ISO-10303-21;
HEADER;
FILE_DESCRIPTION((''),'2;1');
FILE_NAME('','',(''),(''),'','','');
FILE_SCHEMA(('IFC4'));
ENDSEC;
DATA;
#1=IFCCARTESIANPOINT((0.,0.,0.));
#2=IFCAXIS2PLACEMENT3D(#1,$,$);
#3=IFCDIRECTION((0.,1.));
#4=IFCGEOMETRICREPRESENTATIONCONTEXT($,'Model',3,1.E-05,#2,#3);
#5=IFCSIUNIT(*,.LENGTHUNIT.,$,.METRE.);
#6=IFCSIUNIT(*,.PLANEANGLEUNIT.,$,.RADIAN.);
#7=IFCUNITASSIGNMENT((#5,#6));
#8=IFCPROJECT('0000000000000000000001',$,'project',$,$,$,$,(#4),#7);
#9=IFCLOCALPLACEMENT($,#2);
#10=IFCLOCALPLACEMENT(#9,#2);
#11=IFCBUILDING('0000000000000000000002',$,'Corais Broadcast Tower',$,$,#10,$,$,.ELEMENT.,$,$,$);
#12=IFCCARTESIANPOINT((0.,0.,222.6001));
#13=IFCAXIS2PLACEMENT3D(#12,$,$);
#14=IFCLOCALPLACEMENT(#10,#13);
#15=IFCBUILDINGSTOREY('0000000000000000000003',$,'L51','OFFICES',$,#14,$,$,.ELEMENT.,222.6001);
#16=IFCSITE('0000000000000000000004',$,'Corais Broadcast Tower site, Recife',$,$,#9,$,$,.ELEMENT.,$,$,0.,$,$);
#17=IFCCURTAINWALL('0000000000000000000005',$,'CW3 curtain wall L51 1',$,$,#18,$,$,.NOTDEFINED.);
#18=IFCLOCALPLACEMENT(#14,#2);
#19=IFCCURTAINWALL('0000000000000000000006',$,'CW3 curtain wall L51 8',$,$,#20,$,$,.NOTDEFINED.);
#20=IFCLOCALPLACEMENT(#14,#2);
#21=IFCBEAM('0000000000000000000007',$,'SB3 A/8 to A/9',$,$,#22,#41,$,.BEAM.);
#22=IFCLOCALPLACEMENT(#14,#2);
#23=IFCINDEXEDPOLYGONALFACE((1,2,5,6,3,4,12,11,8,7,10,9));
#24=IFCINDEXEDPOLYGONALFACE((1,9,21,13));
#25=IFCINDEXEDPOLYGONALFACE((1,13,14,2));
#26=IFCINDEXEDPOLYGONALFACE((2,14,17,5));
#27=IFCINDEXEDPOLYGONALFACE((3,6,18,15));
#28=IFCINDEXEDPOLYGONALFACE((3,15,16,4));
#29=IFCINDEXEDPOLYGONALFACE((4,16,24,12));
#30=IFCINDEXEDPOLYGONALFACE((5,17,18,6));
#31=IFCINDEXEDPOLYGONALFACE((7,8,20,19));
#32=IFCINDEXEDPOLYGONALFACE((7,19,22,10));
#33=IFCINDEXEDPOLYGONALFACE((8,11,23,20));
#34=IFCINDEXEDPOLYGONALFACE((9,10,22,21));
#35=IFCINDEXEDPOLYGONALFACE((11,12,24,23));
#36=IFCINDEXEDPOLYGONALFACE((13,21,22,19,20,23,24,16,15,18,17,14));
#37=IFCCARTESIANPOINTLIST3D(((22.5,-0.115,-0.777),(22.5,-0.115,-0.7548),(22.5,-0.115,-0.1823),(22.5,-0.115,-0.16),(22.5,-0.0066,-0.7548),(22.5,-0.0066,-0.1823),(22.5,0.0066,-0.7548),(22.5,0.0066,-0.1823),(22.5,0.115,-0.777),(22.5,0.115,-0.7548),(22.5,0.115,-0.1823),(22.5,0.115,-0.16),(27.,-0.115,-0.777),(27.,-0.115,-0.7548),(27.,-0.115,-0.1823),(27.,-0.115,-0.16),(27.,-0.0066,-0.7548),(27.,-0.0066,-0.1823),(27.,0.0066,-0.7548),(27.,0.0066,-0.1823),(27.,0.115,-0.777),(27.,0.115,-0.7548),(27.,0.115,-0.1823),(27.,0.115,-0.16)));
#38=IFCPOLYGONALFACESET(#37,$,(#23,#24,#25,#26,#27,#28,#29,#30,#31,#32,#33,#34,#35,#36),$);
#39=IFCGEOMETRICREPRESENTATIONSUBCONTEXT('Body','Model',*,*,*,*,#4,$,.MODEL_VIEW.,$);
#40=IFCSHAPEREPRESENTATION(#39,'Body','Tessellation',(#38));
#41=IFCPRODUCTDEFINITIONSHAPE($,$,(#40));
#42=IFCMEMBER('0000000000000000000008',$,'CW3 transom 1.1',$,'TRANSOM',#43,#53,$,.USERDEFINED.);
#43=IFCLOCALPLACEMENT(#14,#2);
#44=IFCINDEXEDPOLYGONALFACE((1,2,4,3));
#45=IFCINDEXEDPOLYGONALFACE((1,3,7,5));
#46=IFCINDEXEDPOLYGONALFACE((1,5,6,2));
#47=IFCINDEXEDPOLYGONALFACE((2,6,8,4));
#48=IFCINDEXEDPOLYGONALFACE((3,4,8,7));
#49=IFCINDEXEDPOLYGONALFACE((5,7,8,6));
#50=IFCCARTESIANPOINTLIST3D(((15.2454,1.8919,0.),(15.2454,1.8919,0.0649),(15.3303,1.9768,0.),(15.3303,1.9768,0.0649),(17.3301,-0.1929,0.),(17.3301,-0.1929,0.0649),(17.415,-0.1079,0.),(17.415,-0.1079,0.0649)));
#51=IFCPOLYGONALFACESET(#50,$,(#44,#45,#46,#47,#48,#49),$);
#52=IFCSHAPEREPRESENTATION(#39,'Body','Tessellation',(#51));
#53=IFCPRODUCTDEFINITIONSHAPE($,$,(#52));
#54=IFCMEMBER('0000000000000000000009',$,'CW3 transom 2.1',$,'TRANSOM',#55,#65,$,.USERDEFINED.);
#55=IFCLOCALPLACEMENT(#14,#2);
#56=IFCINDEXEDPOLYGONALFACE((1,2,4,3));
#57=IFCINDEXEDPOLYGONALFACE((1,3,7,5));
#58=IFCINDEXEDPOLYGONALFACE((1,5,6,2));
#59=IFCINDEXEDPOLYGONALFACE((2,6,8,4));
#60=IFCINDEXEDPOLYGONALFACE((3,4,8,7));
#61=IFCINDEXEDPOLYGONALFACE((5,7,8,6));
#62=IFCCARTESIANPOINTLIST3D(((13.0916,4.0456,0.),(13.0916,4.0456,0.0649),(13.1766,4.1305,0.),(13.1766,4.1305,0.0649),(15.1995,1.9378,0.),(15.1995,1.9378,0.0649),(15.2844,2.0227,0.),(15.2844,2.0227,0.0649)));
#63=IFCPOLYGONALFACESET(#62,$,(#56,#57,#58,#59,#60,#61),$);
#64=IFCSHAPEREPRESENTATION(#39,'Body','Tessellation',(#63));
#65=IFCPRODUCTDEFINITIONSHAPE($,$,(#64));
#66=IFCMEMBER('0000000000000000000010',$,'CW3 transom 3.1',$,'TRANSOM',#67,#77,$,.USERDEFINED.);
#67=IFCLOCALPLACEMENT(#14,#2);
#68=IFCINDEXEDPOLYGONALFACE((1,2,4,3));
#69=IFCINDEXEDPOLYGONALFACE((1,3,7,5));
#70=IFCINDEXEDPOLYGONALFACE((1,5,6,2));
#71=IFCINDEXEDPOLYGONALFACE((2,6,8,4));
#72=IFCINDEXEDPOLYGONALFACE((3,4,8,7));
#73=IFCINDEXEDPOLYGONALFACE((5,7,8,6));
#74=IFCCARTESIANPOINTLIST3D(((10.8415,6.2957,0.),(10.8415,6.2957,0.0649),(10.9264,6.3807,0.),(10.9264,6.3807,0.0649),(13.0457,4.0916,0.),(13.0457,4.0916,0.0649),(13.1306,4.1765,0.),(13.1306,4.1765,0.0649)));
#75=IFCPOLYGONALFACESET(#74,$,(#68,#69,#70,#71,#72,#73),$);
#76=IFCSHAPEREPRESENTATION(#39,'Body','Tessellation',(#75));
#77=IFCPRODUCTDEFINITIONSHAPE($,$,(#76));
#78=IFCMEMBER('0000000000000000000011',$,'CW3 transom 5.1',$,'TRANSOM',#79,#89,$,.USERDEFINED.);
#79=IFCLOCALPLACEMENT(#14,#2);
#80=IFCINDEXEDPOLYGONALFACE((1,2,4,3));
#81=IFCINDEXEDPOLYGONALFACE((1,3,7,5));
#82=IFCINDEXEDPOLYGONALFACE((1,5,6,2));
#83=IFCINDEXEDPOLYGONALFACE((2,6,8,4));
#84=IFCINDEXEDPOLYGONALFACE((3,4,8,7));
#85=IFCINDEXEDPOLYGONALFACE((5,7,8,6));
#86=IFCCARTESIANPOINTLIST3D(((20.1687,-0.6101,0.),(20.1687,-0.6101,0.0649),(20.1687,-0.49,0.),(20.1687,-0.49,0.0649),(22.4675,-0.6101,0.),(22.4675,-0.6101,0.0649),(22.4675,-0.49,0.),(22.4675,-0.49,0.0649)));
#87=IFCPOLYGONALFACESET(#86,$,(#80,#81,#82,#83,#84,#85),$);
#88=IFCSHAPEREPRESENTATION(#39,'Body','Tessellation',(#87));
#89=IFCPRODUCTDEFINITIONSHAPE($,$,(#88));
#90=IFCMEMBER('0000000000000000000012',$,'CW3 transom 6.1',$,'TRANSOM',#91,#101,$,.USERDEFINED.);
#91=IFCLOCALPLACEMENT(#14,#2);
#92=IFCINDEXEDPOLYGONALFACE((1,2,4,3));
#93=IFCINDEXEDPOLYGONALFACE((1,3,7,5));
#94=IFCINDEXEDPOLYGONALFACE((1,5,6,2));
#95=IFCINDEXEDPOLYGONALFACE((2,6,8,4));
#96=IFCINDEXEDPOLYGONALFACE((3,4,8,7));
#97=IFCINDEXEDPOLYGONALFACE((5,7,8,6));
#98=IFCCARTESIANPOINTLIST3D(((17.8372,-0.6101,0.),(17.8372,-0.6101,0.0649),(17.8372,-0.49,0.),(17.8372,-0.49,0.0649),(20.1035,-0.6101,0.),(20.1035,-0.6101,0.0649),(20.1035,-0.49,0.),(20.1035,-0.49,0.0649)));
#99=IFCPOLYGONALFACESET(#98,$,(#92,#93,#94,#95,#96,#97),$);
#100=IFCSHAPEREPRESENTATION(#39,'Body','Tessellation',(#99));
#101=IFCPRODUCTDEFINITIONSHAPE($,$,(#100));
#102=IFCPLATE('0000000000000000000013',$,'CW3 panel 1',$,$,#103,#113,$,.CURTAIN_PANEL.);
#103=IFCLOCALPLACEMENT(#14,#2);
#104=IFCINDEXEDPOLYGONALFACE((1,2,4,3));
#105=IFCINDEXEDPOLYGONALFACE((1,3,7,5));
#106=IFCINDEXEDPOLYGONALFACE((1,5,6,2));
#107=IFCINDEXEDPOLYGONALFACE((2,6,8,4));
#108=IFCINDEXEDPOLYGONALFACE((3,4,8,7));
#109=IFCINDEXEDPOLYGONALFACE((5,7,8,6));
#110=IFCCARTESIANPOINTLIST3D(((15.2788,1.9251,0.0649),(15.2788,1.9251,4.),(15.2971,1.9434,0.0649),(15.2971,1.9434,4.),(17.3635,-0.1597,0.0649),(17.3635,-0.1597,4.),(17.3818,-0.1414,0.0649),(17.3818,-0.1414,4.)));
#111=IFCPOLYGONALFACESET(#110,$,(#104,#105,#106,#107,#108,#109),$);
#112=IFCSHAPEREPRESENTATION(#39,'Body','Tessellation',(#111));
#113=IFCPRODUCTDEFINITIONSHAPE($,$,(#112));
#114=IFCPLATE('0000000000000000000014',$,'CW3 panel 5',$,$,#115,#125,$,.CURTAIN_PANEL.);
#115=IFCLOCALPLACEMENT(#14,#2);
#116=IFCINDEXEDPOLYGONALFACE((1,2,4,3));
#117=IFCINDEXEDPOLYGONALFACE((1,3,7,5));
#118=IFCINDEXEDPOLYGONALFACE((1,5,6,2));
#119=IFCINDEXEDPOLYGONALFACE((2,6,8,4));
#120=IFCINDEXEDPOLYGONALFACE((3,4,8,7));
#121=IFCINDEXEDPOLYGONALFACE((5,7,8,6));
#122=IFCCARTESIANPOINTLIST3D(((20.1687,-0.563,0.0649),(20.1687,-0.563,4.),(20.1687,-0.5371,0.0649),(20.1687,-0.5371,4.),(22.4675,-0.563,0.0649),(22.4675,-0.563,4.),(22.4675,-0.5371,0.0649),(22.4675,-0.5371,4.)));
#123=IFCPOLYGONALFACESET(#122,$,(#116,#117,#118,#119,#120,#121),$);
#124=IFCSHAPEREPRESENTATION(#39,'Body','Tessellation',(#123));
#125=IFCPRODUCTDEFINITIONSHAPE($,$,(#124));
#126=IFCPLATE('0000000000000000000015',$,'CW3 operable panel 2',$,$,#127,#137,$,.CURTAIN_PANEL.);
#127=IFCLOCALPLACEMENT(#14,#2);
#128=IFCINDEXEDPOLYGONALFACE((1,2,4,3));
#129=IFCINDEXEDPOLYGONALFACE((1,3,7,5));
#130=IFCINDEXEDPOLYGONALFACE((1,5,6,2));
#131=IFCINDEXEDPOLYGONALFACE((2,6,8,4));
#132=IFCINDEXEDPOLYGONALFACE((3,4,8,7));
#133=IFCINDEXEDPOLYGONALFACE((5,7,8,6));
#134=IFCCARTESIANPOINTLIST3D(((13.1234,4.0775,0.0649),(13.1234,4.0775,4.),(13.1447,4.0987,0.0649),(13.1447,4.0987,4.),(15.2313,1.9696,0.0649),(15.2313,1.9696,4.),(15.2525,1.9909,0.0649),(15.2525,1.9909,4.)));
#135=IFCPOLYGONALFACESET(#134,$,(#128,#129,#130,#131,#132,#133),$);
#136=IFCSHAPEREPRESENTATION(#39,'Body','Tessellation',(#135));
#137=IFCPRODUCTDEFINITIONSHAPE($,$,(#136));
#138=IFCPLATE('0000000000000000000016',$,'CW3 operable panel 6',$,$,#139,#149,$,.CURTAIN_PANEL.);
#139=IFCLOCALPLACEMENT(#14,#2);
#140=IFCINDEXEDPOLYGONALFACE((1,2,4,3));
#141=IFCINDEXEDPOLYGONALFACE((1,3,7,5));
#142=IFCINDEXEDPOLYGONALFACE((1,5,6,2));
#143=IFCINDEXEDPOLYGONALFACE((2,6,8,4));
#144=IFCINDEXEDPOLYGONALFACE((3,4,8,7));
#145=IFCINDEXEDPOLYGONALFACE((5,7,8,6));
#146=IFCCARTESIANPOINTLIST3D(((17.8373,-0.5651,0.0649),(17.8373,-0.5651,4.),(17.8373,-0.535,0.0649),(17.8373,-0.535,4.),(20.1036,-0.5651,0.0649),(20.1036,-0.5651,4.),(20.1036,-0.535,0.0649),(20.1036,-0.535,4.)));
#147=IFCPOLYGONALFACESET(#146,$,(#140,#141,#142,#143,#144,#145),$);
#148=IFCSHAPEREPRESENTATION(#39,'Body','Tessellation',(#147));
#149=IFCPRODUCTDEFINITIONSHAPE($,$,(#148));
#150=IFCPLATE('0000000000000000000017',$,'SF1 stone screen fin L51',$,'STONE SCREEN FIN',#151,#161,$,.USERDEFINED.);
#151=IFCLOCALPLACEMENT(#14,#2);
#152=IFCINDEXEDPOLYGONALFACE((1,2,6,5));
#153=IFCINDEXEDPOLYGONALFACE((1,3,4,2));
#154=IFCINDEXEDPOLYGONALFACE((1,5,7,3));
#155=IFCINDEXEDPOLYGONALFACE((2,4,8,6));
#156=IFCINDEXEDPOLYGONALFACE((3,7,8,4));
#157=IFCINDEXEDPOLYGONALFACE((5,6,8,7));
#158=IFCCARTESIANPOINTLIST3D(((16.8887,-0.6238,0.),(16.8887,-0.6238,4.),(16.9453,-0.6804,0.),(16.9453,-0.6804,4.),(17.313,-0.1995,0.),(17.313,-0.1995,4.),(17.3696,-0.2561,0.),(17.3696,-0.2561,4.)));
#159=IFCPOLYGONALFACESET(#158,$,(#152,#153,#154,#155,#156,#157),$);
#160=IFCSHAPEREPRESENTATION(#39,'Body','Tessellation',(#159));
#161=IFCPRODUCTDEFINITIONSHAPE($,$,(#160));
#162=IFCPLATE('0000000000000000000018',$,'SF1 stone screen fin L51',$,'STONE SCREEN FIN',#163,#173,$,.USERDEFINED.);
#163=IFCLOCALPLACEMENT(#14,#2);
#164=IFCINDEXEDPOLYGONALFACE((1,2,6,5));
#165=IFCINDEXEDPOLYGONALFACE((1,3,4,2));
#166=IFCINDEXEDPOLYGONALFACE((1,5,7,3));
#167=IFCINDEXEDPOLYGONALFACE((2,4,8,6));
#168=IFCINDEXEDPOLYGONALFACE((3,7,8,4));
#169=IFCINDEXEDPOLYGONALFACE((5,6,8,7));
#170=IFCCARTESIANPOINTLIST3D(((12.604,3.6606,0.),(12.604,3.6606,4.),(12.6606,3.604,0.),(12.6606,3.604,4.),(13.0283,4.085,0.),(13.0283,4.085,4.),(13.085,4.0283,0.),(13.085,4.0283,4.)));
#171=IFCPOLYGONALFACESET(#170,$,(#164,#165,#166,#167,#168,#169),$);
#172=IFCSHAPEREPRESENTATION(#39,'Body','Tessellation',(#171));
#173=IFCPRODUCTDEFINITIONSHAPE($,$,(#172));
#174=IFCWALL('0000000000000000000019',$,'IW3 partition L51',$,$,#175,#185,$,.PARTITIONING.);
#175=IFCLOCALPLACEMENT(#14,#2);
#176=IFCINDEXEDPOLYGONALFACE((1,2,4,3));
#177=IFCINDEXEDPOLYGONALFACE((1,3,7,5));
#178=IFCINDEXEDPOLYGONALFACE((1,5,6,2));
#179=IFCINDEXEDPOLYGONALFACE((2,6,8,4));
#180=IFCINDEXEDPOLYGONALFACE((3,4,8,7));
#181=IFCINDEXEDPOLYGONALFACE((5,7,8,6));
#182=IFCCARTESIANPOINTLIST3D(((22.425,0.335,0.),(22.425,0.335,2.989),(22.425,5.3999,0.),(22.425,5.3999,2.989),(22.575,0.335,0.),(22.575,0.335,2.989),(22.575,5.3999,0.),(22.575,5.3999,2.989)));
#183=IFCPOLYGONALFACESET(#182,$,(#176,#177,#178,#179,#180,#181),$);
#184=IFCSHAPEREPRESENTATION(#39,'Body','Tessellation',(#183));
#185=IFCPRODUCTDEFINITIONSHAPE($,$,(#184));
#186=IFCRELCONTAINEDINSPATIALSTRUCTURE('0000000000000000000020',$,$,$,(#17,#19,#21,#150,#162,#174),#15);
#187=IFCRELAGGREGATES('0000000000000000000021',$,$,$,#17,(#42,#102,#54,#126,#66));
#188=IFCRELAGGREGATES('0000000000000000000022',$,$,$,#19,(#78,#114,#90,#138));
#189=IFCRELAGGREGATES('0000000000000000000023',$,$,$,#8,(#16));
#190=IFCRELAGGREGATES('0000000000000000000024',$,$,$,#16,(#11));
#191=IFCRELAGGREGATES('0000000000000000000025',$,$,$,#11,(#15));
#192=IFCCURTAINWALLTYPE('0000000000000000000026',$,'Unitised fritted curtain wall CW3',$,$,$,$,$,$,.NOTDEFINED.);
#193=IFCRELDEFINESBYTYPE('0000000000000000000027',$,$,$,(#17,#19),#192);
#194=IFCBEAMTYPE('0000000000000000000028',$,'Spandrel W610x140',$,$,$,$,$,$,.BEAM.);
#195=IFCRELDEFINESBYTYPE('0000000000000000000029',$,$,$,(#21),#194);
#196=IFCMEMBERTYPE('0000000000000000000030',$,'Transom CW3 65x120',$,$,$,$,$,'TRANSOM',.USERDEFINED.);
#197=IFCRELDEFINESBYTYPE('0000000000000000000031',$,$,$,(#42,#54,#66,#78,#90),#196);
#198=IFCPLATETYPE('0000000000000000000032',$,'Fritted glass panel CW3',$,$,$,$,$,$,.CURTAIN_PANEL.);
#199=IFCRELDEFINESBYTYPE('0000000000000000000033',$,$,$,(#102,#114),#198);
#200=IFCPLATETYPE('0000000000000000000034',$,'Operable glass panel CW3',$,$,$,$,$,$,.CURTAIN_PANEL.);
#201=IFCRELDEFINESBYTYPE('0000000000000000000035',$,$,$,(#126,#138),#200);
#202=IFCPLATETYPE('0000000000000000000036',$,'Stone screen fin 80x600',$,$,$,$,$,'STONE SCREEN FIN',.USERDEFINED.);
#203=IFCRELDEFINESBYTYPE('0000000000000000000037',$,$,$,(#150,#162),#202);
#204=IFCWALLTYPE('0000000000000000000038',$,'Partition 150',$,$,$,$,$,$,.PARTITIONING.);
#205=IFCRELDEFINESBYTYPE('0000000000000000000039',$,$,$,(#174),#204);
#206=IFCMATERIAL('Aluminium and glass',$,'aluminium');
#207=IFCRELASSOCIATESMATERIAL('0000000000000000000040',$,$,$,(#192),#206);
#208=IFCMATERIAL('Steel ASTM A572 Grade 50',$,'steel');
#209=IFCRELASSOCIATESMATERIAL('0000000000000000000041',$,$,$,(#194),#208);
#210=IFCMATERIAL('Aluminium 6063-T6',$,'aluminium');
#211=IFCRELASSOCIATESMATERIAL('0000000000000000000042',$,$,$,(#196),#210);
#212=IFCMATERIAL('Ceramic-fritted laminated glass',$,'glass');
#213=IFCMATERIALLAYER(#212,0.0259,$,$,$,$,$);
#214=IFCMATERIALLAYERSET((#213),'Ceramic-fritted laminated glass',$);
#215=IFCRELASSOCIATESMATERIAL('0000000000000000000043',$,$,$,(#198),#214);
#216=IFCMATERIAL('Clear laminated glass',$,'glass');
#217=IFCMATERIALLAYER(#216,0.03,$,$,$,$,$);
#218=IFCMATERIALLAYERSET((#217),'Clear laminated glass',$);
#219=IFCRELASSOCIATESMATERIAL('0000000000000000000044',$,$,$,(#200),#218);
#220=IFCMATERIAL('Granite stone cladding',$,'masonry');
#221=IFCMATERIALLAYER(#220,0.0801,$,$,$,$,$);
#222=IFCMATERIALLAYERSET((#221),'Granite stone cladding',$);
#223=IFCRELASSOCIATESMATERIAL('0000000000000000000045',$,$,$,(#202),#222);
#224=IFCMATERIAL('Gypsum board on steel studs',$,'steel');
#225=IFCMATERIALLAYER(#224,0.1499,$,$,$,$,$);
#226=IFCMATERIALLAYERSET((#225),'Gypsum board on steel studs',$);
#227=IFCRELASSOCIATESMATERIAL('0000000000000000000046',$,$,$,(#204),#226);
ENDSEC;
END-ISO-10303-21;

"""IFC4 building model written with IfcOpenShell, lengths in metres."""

from ifc_helpers import new_model, si_unit, direction, frame, frame_2d, origin, origin_2d, place, context, subcontext, project, spatial, rectangle, i_section, extrude, material, layer, layer_set, material_profile, profile_set, type_object, element, aggregate, save


model = new_model("IFC4")

# Units and contexts
model_context = context("Model", 3, precision=1e-05, world=origin(), true_north=direction((0.0, 1.0)))
body_context = subcontext(model_context, "Body", "Model", "MODEL_VIEW")
ifc_project = project(units=[si_unit("LENGTHUNIT", "METRE"), si_unit("PLANEANGLEUNIT", "RADIAN")], contexts=[model_context])

# Site, building, storey
site_placement = place(None, origin())
site = spatial("IfcSite", under=ifc_project, at=site_placement, Name="Corais Broadcast Tower site, Recife", CompositionType="ELEMENT", RefElevation=0.0)
building_placement = place(site_placement, origin())
building = spatial("IfcBuilding", under=site, at=building_placement, Name="Corais Broadcast Tower", CompositionType="ELEMENT")
storey_placement = place(building_placement, frame((0.0, 0.0, 222.6001)))
storey = spatial("IfcBuildingStorey", under=building, at=storey_placement, Name="L51", Description="OFFICES", CompositionType="ELEMENT", Elevation=222.6001)

# Curtain walls
ifc_material_1 = material(Name="Aluminium and glass", Category="aluminium")
curtain_wall_type = type_object("IfcCurtainWallType", Name="Unitised fritted curtain wall CW3", PredefinedType="NOTDEFINED", material=ifc_material_1)
curtain_wall_1_placement = place(storey_placement, origin())
curtain_wall_1 = element("IfcCurtainWall", 1, at=curtain_wall_1_placement, inside=storey, type_object=curtain_wall_type, Name="CW3 curtain wall L51 1", PredefinedType="NOTDEFINED")
curtain_wall_2_placement = place(storey_placement, origin())
curtain_wall_2 = element("IfcCurtainWall", 2, at=curtain_wall_2_placement, inside=storey, type_object=curtain_wall_type, Name="CW3 curtain wall L51 8", PredefinedType="NOTDEFINED")

# Beam
ifc_material_2 = material(Name="Steel ASTM A572 Grade 50", Category="steel")
ifc_material_profile_1 = material_profile(ifc_material_2, i_section(OverallWidth=0.23, OverallDepth=0.6169, WebThickness=0.0132, FlangeThickness=0.0222, at=origin_2d()), Name="W610x140")
ifc_profile_set_1 = profile_set([ifc_material_profile_1], Name="Steel ASTM A572 Grade 50")
beam_type_1 = type_object("IfcBeamType", Name="Spandrel W610x140", PredefinedType="BEAM", material=ifc_profile_set_1)
for number, where, z_axis, x_axis, name in (
    (3, (22.5, 0.0, -0.4685), (1.0, 0.0, 0.0), (0.0, 1.0, 0.0), "SB3 A/8 to A/9"),
):
    element("IfcBeam", number, at=place(storey_placement, frame(where, z_axis=z_axis, x_axis=x_axis)), inside=storey, type_object=beam_type_1, Name=name, PredefinedType="BEAM", context=body_context, shape_type="SweptSolid", body=[
        extrude(i_section(OverallWidth=0.23, OverallDepth=0.6169, WebThickness=0.0132, FlangeThickness=0.0222, at=origin_2d()), origin(), (0.0, 0.0, 1.0), 4.5),
    ])

# Members
ifc_material_3 = material(Name="Aluminium 6063-T6", Category="aluminium")
ifc_material_profile_2 = material_profile(ifc_material_3, rectangle(XDim=0.1201, YDim=0.0649, at=origin_2d()), Name="Transom CW3 65x120")
ifc_profile_set_2 = profile_set([ifc_material_profile_2], Name="Aluminium 6063-T6")
member_type_1 = type_object("IfcMemberType", Name="Transom CW3 65x120", ElementType="TRANSOM", PredefinedType="USERDEFINED", material=ifc_profile_set_2)
member_1_placement = place(storey_placement, frame((17.3726, -0.1504, 0.0325), z_axis=(-0.707107, 0.707107, 0.0), x_axis=(-0.707107, -0.707107, 0.0)))
member_1 = element("IfcMember", 4, at=member_1_placement, type_object=member_type_1, Name="CW3 transom 1.1", ObjectType="TRANSOM", PredefinedType="USERDEFINED", context=body_context, shape_type="SweptSolid", body=[
    extrude(rectangle(XDim=0.1201, YDim=0.0649, at=origin_2d()), origin(), (0.0, 0.0, 1.0), 2.9482),
])
member_2_placement = place(storey_placement, frame((15.2419, 1.9802, 0.0325), z_axis=(-0.707107, 0.707107, 0.0), x_axis=(-0.707107, -0.707107, 0.0)))
member_2 = element("IfcMember", 5, at=member_2_placement, type_object=member_type_1, Name="CW3 transom 2.1", ObjectType="TRANSOM", PredefinedType="USERDEFINED", context=body_context, shape_type="SweptSolid", body=[
    extrude(rectangle(XDim=0.1201, YDim=0.0649, at=origin_2d()), origin(), (0.0, 0.0, 1.0), 2.981),
])
member_3_placement = place(storey_placement, frame((13.0881, 4.134, 0.0325), z_axis=(-0.707107, 0.707107, 0.0), x_axis=(-0.707107, -0.707107, 0.0)))
member_3 = element("IfcMember", 6, at=member_3_placement, type_object=member_type_1, Name="CW3 transom 3.1", ObjectType="TRANSOM", PredefinedType="USERDEFINED", context=body_context, shape_type="SweptSolid", body=[
    extrude(rectangle(XDim=0.1201, YDim=0.0649, at=origin_2d()), origin(), (0.0, 0.0, 1.0), 3.1172),
])
member_4_placement = place(storey_placement, frame((22.4675, -0.55, 0.0325), z_axis=(-1.0, 0.0, 0.0), x_axis=(0.0, -1.0, 0.0)))
member_4 = element("IfcMember", 7, at=member_4_placement, type_object=member_type_1, Name="CW3 transom 5.1", ObjectType="TRANSOM", PredefinedType="USERDEFINED", context=body_context, shape_type="SweptSolid", body=[
    extrude(rectangle(XDim=0.1201, YDim=0.0649, at=origin_2d()), origin(), (0.0, 0.0, 1.0), 2.2988),
])
member_5_placement = place(storey_placement, frame((20.1035, -0.55, 0.0325), z_axis=(-1.0, 0.0, 0.0), x_axis=(0.0, -1.0, 0.0)))
member_5 = element("IfcMember", 8, at=member_5_placement, type_object=member_type_1, Name="CW3 transom 6.1", ObjectType="TRANSOM", PredefinedType="USERDEFINED", context=body_context, shape_type="SweptSolid", body=[
    extrude(rectangle(XDim=0.1201, YDim=0.0649, at=origin_2d()), origin(), (0.0, 0.0, 1.0), 2.2664),
])

# Plates
ifc_material_4 = material(Name="Ceramic-fritted laminated glass", Category="glass")
ifc_layer_1 = layer(ifc_material_4, 0.0259)
ifc_layer_set_1 = layer_set([ifc_layer_1], Name="Ceramic-fritted laminated glass")
plate_type_1 = type_object("IfcPlateType", Name="Fritted glass panel CW3", PredefinedType="CURTAIN_PANEL", material=ifc_layer_set_1)
plate_1_placement = place(storey_placement, frame((16.3303, 0.8918, 0.0649), z_axis=(0.0, 0.0, 1.0), x_axis=(-0.707107, 0.707107, 0.0)))
plate_1 = element("IfcPlate", 9, at=plate_1_placement, type_object=plate_type_1, Name="CW3 panel 1", PredefinedType="CURTAIN_PANEL", context=body_context, shape_type="SweptSolid", body=[
    extrude(rectangle(XDim=2.9482, YDim=0.0259, at=origin_2d()), origin(), (0.0, 0.0, 1.0), 3.9351),
])
plate_2_placement = place(storey_placement, frame((21.3181, -0.55, 0.0649), z_axis=(0.0, 0.0, 1.0), x_axis=(-1.0, 0.0, 0.0)))
plate_2 = element("IfcPlate", 10, at=plate_2_placement, type_object=plate_type_1, Name="CW3 panel 5", PredefinedType="CURTAIN_PANEL", context=body_context, shape_type="SweptSolid", body=[
    extrude(rectangle(XDim=2.2988, YDim=0.0259, at=origin_2d()), origin(), (0.0, 0.0, 1.0), 3.9351),
])
ifc_material_5 = material(Name="Clear laminated glass", Category="glass")
ifc_layer_2 = layer(ifc_material_5, 0.03)
ifc_layer_set_2 = layer_set([ifc_layer_2], Name="Clear laminated glass")
plate_type_2 = type_object("IfcPlateType", Name="Operable glass panel CW3", PredefinedType="CURTAIN_PANEL", material=ifc_layer_set_2)
plate_3_placement = place(storey_placement, frame((14.188, 3.0342, 0.0649), z_axis=(0.0, 0.0, 1.0), x_axis=(-0.707107, 0.707107, 0.0)))
plate_3 = element("IfcPlate", 11, at=plate_3_placement, type_object=plate_type_2, Name="CW3 operable panel 2", PredefinedType="CURTAIN_PANEL", context=body_context, shape_type="SweptSolid", body=[
    extrude(rectangle(XDim=2.981, YDim=0.03, at=origin_2d()), origin(), (0.0, 0.0, 1.0), 3.9351),
])
aggregate(curtain_wall_1, [member_1, plate_1, member_2, plate_3, member_3])
plate_4_placement = place(storey_placement, frame((18.9705, -0.55, 0.0649), z_axis=(0.0, 0.0, 1.0), x_axis=(-1.0, 0.0, 0.0)))
plate_4 = element("IfcPlate", 12, at=plate_4_placement, type_object=plate_type_2, Name="CW3 operable panel 6", PredefinedType="CURTAIN_PANEL", context=body_context, shape_type="SweptSolid", body=[
    extrude(rectangle(XDim=2.2664, YDim=0.03, at=origin_2d()), origin(), (0.0, 0.0, 1.0), 3.9351),
])
aggregate(curtain_wall_2, [member_4, plate_2, member_5, plate_4])

# Plates
ifc_material_6 = material(Name="Granite stone cladding", Category="masonry")
ifc_layer_3 = layer(ifc_material_6, 0.0801)
ifc_layer_set_3 = layer_set([ifc_layer_3], Name="Granite stone cladding")
plate_type_3 = type_object("IfcPlateType", Name="Stone screen fin 80x600", ElementType="STONE SCREEN FIN", PredefinedType="USERDEFINED", material=ifc_layer_set_3)
for number, where, z_axis, x_axis, name in (
    (13, (17.1292, -0.4399, 0.0), (0.0, 0.0, 1.0), (-0.707107, 0.707107, 0.0), "SF1 stone screen fin L51"),
    (14, (12.8445, 3.8445, 0.0), (0.0, 0.0, 1.0), (-0.707107, 0.707107, 0.0), "SF1 stone screen fin L51"),
):
    element("IfcPlate", number, at=place(storey_placement, frame(where, z_axis=z_axis, x_axis=x_axis)), inside=storey, type_object=plate_type_3, Name=name, ObjectType="STONE SCREEN FIN", PredefinedType="USERDEFINED", context=body_context, shape_type="SweptSolid", body=[
        extrude(rectangle(XDim=0.0801, YDim=0.6001, at=origin_2d()), origin(), (0.0, 0.0, 1.0), 4.0),
    ])

# Wall
ifc_material_7 = material(Name="Gypsum board on steel studs", Category="steel")
ifc_layer_4 = layer(ifc_material_7, 0.1499)
ifc_layer_set_4 = layer_set([ifc_layer_4], Name="Gypsum board on steel studs")
wall_type = type_object("IfcWallType", Name="Partition 150", PredefinedType="PARTITIONING", material=ifc_layer_set_4)
wall_placement = place(storey_placement, frame((22.5, 0.335, 0.0), z_axis=(0.0, 0.0, 1.0), x_axis=(0.0, 1.0, 0.0)))
element("IfcWall", 15, at=wall_placement, inside=storey, type_object=wall_type, Name="IW3 partition L51", PredefinedType="PARTITIONING", context=body_context, shape_type="SweptSolid", body=[
    extrude(rectangle(XDim=5.0649, YDim=0.1499, at=frame_2d((2.5325, 0.0))), origin(), (0.0, 0.0, 1.0), 2.989),
])

save(model, "model.ifc")
